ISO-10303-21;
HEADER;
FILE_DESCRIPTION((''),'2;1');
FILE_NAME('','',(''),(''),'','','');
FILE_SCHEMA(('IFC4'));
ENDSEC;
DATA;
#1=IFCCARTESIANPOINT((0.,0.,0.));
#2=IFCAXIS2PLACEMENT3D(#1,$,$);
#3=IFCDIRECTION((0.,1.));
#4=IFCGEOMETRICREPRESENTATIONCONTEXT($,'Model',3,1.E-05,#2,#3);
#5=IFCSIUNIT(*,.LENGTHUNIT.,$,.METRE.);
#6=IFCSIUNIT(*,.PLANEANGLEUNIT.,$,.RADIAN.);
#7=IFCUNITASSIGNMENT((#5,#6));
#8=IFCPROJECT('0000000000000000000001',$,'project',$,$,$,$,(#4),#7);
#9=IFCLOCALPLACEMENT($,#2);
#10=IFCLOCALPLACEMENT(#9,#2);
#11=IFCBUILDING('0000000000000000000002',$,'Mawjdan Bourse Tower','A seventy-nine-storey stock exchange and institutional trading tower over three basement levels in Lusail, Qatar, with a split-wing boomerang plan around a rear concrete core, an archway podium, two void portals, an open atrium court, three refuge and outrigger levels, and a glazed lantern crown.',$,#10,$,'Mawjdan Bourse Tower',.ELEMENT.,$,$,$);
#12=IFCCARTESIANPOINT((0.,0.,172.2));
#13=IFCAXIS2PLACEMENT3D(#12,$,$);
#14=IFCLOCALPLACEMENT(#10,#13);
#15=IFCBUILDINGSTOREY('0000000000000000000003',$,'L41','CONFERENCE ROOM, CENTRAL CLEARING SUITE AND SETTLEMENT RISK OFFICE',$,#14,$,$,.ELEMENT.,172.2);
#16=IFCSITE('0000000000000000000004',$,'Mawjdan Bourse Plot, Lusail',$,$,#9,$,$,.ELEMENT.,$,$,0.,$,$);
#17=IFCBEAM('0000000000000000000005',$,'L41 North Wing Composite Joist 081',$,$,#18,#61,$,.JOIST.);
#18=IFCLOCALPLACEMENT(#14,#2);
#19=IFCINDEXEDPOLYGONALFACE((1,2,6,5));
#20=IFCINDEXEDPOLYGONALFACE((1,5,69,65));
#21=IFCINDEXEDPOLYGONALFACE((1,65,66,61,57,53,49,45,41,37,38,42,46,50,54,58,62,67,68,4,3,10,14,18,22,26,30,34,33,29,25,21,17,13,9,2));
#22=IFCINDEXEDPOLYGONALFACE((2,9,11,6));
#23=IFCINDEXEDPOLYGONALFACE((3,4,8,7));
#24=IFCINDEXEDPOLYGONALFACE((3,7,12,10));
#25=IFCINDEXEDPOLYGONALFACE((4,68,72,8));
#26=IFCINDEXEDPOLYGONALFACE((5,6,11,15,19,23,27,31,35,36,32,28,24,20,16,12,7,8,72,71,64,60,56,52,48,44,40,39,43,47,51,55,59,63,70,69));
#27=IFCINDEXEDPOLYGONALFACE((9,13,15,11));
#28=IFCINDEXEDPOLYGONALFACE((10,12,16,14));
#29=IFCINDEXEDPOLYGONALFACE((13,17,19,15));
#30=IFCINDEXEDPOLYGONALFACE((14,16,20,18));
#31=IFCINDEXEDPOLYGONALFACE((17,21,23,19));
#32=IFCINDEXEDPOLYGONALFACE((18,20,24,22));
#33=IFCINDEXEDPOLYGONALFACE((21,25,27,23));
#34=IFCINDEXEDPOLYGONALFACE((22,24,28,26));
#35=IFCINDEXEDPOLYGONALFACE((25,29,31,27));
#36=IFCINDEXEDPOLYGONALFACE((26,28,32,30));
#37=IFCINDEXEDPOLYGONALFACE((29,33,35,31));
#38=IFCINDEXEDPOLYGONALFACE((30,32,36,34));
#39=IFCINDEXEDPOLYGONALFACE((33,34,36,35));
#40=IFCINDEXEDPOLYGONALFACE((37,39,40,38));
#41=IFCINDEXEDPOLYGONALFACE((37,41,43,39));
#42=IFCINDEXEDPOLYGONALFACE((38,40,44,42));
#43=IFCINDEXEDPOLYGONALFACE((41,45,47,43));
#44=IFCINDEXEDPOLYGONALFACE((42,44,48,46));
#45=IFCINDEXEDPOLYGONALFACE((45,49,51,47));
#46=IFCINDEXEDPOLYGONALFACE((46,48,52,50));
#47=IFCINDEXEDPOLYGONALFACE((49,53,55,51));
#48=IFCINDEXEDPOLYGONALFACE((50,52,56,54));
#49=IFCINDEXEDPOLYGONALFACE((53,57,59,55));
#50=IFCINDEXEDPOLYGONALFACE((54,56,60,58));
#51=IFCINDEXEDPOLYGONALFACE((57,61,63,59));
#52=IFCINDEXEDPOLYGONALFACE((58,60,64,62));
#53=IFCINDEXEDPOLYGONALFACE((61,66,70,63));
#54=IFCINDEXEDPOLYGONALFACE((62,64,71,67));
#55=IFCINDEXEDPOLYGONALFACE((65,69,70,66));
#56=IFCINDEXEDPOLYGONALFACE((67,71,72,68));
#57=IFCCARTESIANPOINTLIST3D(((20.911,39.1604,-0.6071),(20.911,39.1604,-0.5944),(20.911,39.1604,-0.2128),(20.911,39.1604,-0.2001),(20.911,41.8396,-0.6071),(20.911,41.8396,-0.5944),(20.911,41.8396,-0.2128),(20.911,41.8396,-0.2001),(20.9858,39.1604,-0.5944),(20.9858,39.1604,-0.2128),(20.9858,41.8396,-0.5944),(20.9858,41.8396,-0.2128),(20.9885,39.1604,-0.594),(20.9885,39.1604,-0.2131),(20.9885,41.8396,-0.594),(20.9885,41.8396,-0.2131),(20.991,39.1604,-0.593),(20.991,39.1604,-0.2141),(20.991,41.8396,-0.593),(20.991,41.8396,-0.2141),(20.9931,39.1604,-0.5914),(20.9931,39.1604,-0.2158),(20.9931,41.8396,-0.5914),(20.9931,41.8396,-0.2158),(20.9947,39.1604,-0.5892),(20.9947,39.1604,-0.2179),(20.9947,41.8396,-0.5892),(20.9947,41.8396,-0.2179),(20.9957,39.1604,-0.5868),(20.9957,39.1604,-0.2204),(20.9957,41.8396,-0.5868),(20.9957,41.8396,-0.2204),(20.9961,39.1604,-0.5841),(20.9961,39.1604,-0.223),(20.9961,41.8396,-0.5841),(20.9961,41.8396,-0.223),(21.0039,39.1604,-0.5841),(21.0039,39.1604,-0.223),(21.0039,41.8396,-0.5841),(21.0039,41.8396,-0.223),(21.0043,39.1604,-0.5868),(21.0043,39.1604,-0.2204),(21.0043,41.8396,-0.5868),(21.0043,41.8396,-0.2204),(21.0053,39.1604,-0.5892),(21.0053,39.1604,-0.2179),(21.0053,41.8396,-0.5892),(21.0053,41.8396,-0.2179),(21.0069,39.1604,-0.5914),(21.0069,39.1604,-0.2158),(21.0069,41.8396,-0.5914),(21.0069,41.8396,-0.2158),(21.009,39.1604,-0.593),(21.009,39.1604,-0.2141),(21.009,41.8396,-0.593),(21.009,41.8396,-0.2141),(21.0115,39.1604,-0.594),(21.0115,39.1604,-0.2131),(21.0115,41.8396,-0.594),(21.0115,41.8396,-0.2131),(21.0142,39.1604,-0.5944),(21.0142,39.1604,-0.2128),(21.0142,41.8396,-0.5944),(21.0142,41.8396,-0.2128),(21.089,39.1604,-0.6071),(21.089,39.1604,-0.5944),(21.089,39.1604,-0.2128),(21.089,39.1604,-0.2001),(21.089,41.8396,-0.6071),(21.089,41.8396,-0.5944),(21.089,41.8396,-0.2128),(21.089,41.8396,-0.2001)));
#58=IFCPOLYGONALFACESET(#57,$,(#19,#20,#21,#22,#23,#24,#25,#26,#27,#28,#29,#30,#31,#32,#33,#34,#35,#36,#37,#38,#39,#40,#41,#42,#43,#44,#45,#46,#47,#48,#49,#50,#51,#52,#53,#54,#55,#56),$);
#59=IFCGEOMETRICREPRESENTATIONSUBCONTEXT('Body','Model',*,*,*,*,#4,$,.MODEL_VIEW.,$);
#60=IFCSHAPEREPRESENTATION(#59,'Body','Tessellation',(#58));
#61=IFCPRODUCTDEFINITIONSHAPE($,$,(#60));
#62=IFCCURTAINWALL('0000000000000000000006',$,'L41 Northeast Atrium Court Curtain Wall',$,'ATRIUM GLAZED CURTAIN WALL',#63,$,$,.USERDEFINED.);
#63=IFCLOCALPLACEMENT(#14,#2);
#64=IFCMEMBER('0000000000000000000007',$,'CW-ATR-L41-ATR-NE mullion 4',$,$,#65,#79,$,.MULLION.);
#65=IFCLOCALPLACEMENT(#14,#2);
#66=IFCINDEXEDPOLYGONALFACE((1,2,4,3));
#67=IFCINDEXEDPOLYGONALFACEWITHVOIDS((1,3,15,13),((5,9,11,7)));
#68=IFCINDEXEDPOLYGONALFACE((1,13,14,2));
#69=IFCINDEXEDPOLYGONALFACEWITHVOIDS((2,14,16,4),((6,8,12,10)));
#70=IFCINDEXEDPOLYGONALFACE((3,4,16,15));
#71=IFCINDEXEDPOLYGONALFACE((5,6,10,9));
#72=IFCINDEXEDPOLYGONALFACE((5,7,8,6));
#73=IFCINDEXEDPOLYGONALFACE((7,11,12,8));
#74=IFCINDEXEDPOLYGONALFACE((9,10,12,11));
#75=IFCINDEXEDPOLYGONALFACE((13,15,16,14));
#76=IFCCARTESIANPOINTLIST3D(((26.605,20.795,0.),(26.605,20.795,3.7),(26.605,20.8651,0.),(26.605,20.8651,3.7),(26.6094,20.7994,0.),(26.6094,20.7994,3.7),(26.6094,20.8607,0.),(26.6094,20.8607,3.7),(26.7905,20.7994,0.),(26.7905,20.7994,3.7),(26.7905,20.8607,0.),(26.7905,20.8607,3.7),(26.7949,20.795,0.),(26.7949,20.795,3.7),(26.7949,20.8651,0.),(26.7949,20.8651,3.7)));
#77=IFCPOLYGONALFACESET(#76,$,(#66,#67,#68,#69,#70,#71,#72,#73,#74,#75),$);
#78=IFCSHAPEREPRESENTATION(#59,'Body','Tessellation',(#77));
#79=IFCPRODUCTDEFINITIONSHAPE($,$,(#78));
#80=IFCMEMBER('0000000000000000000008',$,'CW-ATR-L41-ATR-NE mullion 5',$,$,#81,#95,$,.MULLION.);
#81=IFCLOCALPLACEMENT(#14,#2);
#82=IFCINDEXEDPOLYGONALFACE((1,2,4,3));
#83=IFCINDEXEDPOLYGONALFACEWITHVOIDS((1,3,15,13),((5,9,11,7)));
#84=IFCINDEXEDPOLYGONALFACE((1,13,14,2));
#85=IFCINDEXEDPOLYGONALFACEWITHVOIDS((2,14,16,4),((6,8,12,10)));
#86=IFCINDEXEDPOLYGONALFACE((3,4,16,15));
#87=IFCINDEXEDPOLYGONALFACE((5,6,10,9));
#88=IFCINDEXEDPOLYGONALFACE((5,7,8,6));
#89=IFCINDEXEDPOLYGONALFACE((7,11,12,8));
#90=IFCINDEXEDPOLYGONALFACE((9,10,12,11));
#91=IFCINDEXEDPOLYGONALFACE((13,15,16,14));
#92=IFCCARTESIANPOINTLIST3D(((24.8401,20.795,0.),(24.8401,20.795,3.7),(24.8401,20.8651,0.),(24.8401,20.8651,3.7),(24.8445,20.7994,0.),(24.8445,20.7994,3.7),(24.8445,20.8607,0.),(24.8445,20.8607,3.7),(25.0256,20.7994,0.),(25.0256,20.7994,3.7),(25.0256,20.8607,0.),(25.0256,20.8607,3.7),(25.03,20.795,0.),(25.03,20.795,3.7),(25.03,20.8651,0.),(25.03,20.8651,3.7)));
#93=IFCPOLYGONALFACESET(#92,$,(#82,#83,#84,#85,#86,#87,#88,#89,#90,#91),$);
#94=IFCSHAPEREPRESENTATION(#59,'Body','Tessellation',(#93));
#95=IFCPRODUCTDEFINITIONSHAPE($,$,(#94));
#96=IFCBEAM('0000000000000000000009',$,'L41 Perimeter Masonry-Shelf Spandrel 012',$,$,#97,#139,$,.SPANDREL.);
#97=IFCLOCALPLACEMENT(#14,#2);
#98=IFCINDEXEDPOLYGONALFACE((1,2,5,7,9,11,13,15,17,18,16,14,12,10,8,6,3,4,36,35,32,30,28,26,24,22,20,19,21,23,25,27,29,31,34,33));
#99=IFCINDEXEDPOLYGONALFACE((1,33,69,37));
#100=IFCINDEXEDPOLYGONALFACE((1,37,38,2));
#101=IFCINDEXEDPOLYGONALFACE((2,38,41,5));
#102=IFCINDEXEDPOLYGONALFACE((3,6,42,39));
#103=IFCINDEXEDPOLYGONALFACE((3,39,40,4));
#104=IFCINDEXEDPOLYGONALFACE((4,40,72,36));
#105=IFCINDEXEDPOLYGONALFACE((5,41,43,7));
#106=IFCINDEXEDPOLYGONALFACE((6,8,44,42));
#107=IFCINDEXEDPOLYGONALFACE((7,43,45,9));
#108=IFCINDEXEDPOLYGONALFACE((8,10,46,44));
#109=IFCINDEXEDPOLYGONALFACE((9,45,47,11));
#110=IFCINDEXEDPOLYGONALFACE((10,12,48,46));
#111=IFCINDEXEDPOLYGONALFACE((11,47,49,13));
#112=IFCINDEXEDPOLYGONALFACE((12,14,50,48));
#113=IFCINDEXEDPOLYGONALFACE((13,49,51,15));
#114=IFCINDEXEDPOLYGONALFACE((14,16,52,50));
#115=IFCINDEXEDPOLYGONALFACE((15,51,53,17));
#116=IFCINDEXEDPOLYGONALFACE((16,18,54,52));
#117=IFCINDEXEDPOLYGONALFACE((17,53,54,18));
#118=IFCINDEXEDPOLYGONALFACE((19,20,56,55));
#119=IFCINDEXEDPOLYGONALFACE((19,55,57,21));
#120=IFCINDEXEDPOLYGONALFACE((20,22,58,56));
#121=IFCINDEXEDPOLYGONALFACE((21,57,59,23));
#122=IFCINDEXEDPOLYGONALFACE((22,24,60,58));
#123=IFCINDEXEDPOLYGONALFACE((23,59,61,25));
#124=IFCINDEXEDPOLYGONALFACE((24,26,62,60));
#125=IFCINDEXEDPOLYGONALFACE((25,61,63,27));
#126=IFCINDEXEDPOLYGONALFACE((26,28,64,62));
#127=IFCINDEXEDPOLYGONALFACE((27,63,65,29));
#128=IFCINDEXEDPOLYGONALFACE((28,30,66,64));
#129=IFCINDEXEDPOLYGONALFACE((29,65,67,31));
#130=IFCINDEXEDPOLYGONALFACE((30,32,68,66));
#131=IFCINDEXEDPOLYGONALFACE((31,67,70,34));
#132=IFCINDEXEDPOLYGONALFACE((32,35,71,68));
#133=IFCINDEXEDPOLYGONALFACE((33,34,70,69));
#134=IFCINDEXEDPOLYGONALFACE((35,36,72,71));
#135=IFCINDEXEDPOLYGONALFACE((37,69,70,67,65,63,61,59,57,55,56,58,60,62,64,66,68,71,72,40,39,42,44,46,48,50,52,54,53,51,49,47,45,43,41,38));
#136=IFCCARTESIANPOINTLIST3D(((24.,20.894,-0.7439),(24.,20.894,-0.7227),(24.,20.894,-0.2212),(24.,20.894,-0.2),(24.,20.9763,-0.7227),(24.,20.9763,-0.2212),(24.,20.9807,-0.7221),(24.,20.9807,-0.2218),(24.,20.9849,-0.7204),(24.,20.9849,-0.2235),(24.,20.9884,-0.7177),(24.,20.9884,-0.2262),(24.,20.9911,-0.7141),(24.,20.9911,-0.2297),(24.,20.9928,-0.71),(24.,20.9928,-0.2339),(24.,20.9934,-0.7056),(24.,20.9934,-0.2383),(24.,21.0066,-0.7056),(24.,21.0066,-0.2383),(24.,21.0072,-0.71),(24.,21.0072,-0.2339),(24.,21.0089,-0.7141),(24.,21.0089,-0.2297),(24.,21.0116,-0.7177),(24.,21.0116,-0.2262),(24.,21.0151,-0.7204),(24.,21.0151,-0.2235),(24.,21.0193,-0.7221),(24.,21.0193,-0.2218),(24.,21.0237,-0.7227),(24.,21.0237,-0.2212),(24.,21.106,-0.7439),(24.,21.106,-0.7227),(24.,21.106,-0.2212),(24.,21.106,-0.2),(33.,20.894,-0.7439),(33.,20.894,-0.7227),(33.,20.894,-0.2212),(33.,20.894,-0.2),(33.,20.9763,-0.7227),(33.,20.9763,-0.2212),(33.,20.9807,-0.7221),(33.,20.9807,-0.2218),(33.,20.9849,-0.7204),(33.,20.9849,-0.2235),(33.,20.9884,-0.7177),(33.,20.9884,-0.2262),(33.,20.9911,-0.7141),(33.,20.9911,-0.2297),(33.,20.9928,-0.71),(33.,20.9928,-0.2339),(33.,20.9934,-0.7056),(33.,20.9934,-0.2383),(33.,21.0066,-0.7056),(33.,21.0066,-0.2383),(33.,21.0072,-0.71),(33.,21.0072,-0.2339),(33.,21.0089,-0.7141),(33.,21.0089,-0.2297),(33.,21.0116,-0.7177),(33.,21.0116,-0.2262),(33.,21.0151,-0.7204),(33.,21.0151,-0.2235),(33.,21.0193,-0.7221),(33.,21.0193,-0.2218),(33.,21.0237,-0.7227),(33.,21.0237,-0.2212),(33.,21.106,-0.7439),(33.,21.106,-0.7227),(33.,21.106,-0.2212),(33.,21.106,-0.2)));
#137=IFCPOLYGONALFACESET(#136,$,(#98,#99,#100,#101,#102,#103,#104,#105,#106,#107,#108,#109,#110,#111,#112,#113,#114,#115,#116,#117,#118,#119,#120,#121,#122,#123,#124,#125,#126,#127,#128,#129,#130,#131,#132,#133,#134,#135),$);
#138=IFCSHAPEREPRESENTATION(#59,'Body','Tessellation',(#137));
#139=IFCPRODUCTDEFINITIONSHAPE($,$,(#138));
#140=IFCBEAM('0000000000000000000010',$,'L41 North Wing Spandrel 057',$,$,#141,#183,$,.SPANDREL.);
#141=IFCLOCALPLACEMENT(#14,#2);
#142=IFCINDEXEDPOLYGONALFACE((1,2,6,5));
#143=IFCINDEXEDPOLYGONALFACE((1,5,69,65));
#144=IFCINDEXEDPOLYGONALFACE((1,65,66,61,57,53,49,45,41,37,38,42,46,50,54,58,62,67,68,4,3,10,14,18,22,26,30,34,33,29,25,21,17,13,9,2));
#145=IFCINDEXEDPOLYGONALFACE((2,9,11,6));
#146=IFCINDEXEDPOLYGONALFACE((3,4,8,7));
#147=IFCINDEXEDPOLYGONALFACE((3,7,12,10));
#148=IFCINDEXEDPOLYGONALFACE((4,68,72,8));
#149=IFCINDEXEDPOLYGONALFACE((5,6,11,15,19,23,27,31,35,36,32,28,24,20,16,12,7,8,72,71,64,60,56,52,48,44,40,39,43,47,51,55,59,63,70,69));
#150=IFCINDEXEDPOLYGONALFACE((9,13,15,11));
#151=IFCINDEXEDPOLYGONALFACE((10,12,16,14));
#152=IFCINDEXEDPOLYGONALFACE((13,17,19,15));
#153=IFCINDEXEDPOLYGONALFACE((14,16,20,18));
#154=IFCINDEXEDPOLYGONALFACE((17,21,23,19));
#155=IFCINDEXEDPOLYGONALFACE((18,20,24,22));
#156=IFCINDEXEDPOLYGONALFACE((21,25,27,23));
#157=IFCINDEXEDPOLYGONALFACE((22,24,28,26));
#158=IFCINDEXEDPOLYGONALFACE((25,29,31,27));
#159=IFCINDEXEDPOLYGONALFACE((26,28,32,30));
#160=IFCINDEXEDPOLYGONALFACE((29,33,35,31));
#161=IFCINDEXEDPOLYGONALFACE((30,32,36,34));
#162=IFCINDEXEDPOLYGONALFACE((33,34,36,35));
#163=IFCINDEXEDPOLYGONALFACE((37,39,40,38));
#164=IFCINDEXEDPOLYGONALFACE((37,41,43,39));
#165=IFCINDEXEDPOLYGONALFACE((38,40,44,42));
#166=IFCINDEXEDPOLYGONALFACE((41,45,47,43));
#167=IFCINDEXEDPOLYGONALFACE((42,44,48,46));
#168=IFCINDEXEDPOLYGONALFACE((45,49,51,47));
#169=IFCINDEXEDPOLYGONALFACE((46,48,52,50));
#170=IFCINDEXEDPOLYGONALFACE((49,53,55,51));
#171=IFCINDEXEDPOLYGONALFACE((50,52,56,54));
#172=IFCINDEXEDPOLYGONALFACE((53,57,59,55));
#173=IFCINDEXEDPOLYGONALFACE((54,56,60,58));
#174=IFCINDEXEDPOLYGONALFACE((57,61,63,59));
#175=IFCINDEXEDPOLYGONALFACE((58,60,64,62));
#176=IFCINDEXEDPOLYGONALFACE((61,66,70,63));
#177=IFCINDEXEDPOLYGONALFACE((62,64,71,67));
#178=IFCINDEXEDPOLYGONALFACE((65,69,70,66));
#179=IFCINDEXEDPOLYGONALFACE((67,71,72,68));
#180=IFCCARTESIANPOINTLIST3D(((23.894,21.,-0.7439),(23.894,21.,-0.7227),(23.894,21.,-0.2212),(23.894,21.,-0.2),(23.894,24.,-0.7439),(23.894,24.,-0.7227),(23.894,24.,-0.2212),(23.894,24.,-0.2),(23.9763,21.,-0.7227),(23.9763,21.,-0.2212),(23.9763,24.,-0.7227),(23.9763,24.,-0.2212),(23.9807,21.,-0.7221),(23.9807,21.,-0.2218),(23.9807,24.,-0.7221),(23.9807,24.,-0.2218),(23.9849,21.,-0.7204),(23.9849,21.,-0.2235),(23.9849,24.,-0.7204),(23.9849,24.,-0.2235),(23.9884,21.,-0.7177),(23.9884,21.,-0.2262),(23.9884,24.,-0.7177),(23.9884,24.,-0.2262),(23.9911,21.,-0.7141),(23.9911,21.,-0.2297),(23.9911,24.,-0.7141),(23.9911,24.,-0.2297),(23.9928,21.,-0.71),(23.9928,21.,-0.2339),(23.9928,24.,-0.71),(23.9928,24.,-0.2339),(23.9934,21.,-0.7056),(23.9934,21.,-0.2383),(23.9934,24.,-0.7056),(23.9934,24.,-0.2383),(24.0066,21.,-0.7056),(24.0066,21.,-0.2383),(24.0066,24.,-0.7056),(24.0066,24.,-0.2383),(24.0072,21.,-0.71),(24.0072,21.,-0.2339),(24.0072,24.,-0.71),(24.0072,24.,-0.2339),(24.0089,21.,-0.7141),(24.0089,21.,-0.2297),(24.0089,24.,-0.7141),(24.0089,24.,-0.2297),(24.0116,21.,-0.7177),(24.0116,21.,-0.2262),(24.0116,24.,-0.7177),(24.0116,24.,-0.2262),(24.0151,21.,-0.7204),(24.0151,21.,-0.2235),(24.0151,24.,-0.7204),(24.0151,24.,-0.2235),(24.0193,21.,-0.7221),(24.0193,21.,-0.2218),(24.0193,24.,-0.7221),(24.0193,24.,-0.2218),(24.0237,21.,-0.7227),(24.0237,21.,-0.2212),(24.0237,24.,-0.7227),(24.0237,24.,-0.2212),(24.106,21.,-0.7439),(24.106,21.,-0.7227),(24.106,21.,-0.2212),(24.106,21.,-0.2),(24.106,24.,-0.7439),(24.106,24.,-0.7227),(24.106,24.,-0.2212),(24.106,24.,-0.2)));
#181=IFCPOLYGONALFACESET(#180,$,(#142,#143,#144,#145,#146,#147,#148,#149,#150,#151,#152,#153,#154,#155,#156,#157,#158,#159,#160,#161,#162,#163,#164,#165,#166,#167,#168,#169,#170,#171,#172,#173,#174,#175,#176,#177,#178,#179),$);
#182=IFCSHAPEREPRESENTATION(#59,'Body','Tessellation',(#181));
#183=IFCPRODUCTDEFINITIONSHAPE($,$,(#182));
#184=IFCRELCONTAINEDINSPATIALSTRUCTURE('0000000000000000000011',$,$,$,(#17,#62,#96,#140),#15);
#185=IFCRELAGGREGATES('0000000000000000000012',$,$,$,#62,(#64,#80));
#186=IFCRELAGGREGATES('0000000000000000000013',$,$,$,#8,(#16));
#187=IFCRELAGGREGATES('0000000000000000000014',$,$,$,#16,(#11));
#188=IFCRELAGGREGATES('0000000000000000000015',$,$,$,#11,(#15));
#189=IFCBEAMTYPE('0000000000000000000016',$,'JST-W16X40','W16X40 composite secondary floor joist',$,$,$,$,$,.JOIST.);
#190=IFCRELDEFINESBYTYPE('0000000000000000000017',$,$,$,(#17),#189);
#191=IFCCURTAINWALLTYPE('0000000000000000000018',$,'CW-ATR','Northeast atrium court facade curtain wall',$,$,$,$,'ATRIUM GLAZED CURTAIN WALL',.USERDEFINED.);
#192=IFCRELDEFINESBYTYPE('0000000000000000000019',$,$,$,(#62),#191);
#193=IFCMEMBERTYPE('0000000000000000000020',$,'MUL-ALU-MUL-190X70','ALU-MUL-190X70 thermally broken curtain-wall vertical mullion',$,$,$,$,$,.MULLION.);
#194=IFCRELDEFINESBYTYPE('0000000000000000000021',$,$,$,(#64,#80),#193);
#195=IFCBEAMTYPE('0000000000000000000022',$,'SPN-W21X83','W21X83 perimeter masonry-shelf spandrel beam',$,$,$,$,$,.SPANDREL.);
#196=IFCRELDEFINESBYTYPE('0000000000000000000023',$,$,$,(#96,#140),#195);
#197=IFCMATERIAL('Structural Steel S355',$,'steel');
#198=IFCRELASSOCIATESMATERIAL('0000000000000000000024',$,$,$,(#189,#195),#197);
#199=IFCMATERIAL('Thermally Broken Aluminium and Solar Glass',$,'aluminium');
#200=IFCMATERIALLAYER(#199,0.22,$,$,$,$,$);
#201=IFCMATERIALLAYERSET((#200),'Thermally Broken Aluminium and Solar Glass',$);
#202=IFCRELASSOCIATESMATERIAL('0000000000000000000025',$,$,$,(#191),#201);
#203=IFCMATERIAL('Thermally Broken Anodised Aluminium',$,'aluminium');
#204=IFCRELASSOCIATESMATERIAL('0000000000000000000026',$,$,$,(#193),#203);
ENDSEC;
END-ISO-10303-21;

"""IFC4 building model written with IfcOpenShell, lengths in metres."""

from ifc_helpers import new_model, si_unit, direction, frame, origin, origin_2d, place, context, subcontext, project, spatial, hollow_rectangle, i_section, extrude, material, layer, layer_set, material_profile, profile_set, type_object, element, aggregate, save


model = new_model("IFC4")

# Units and contexts
model_context = context("Model", 3, precision=1e-05, world=origin(), true_north=direction((0.0, 1.0)))
body_context = subcontext(model_context, "Body", "Model", "MODEL_VIEW")
ifc_project = project(units=[si_unit("LENGTHUNIT", "METRE"), si_unit("PLANEANGLEUNIT", "RADIAN")], contexts=[model_context])

# Site, building, storey
site_placement = place(None, origin())
site = spatial("IfcSite", under=ifc_project, at=site_placement, Name="Mawjdan Bourse Plot, Lusail", CompositionType="ELEMENT", RefElevation=0.0)
building_placement = place(site_placement, origin())
building = spatial("IfcBuilding", under=site, at=building_placement, Name="Mawjdan Bourse Tower", Description="A seventy-nine-storey stock exchange and institutional trading tower over three basement levels in Lusail, Qatar, with a split-wing boomerang plan around a rear concrete core, an archway podium, two void portals, an open atrium court, three refuge and outrigger levels, and a glazed lantern crown.", LongName="Mawjdan Bourse Tower", CompositionType="ELEMENT")
storey_placement = place(building_placement, frame((0.0, 0.0, 172.2)))
storey = spatial("IfcBuildingStorey", under=building, at=storey_placement, Name="L41", Description="CONFERENCE ROOM, CENTRAL CLEARING SUITE AND SETTLEMENT RISK OFFICE", CompositionType="ELEMENT", Elevation=172.2)

# Beam
ifc_material_1 = material(Name="Structural Steel S355", Category="steel")
ifc_material_profile_1 = material_profile(ifc_material_1, i_section(OverallWidth=0.178, OverallDepth=0.407, WebThickness=0.0078, FlangeThickness=0.0127, FilletRadius=0.0103, at=origin_2d()), Name="W16X40")
ifc_profile_set_1 = profile_set([ifc_material_profile_1], Name="Structural Steel S355")
beam_type_1 = type_object("IfcBeamType", Name="JST-W16X40", Description="W16X40 composite secondary floor joist", PredefinedType="JOIST", material=ifc_profile_set_1)
for number, where, z_axis, x_axis, name in (
    (1, (21.0, 39.1604, -0.4036), (0.0, 1.0, 0.0), (-1.0, 0.0, 0.0), "L41 North Wing Composite Joist 081"),
):
    element("IfcBeam", number, at=place(storey_placement, frame(where, z_axis=z_axis, x_axis=x_axis)), inside=storey, type_object=beam_type_1, Name=name, PredefinedType="JOIST", context=body_context, shape_type="SweptSolid", body=[
        extrude(i_section(OverallWidth=0.178, OverallDepth=0.407, WebThickness=0.0078, FlangeThickness=0.0127, FilletRadius=0.0103, at=origin_2d()), origin(), (0.0, 0.0, 1.0), 2.6792),
    ])

# Curtain wall, members
ifc_material_2 = material(Name="Thermally Broken Aluminium and Solar Glass", Category="aluminium")
ifc_layer_1 = layer(ifc_material_2, 0.22)
ifc_layer_set_1 = layer_set([ifc_layer_1], Name="Thermally Broken Aluminium and Solar Glass")
curtain_wall_type = type_object("IfcCurtainWallType", Name="CW-ATR", Description="Northeast atrium court facade curtain wall", ElementType="ATRIUM GLAZED CURTAIN WALL", PredefinedType="USERDEFINED", material=ifc_layer_set_1)
curtain_wall_placement = place(storey_placement, origin())
curtain_wall = element("IfcCurtainWall", 2, at=curtain_wall_placement, inside=storey, type_object=curtain_wall_type, Name="L41 Northeast Atrium Court Curtain Wall", ObjectType="ATRIUM GLAZED CURTAIN WALL", PredefinedType="USERDEFINED")
ifc_material_3 = material(Name="Thermally Broken Anodised Aluminium", Category="aluminium")
ifc_material_profile_2 = material_profile(ifc_material_3, hollow_rectangle(XDim=0.0701, YDim=0.1899, WallThickness=0.0044, at=origin_2d()), Name="ALU-MUL-190X70")
ifc_profile_set_2 = profile_set([ifc_material_profile_2], Name="Thermally Broken Anodised Aluminium")
member_type_1 = type_object("IfcMemberType", Name="MUL-ALU-MUL-190X70", Description="ALU-MUL-190X70 thermally broken curtain-wall vertical mullion", PredefinedType="MULLION", material=ifc_profile_set_2)
member_1_placement = place(storey_placement, frame((26.7, 20.8301, 0.0), z_axis=(0.0, 0.0, 1.0), x_axis=(0.0, -1.0, 0.0)))
member_1 = element("IfcMember", 3, at=member_1_placement, type_object=member_type_1, Name="CW-ATR-L41-ATR-NE mullion 4", PredefinedType="MULLION", context=body_context, shape_type="SweptSolid", body=[
    extrude(hollow_rectangle(XDim=0.0701, YDim=0.1899, WallThickness=0.0044, at=origin_2d()), origin(), (0.0, 0.0, 1.0), 3.7),
])
member_2_placement = place(storey_placement, frame((24.9351, 20.8301, 0.0), z_axis=(0.0, 0.0, 1.0), x_axis=(0.0, -1.0, 0.0)))
member_2 = element("IfcMember", 4, at=member_2_placement, type_object=member_type_1, Name="CW-ATR-L41-ATR-NE mullion 5", PredefinedType="MULLION", context=body_context, shape_type="SweptSolid", body=[
    extrude(hollow_rectangle(XDim=0.0701, YDim=0.1899, WallThickness=0.0044, at=origin_2d()), origin(), (0.0, 0.0, 1.0), 3.7),
])

# Beams
ifc_material_profile_3 = material_profile(ifc_material_1, i_section(OverallWidth=0.2119, OverallDepth=0.5439, WebThickness=0.0132, FlangeThickness=0.0212, FilletRadius=0.0171, at=origin_2d()), Name="W21X83")
ifc_profile_set_3 = profile_set([ifc_material_profile_3], Name="Structural Steel S355")
beam_type_2 = type_object("IfcBeamType", Name="SPN-W21X83", Description="W21X83 perimeter masonry-shelf spandrel beam", PredefinedType="SPANDREL", material=ifc_profile_set_3)
beam_1_placement = place(storey_placement, frame((24.0, 21.0, -0.4719), z_axis=(1.0, 0.0, 0.0), x_axis=(0.0, 1.0, 0.0)))
element("IfcBeam", 5, at=beam_1_placement, inside=storey, type_object=beam_type_2, Name="L41 Perimeter Masonry-Shelf Spandrel 012", PredefinedType="SPANDREL", context=body_context, shape_type="SweptSolid", body=[
    extrude(i_section(OverallWidth=0.2119, OverallDepth=0.5439, WebThickness=0.0132, FlangeThickness=0.0212, FilletRadius=0.0171, at=origin_2d()), origin(), (0.0, 0.0, 1.0), 9.0),
])
beam_2_placement = place(storey_placement, frame((24.0, 21.0, -0.4719), z_axis=(0.0, 1.0, 0.0), x_axis=(-1.0, 0.0, 0.0)))
element("IfcBeam", 6, at=beam_2_placement, inside=storey, type_object=beam_type_2, Name="L41 North Wing Spandrel 057", PredefinedType="SPANDREL", context=body_context, shape_type="SweptSolid", body=[
    extrude(i_section(OverallWidth=0.2119, OverallDepth=0.5439, WebThickness=0.0132, FlangeThickness=0.0212, FilletRadius=0.0171, at=origin_2d()), origin(), (0.0, 0.0, 1.0), 3.0),
])

aggregate(curtain_wall, [member_1, member_2])

save(model, "model.ifc")
